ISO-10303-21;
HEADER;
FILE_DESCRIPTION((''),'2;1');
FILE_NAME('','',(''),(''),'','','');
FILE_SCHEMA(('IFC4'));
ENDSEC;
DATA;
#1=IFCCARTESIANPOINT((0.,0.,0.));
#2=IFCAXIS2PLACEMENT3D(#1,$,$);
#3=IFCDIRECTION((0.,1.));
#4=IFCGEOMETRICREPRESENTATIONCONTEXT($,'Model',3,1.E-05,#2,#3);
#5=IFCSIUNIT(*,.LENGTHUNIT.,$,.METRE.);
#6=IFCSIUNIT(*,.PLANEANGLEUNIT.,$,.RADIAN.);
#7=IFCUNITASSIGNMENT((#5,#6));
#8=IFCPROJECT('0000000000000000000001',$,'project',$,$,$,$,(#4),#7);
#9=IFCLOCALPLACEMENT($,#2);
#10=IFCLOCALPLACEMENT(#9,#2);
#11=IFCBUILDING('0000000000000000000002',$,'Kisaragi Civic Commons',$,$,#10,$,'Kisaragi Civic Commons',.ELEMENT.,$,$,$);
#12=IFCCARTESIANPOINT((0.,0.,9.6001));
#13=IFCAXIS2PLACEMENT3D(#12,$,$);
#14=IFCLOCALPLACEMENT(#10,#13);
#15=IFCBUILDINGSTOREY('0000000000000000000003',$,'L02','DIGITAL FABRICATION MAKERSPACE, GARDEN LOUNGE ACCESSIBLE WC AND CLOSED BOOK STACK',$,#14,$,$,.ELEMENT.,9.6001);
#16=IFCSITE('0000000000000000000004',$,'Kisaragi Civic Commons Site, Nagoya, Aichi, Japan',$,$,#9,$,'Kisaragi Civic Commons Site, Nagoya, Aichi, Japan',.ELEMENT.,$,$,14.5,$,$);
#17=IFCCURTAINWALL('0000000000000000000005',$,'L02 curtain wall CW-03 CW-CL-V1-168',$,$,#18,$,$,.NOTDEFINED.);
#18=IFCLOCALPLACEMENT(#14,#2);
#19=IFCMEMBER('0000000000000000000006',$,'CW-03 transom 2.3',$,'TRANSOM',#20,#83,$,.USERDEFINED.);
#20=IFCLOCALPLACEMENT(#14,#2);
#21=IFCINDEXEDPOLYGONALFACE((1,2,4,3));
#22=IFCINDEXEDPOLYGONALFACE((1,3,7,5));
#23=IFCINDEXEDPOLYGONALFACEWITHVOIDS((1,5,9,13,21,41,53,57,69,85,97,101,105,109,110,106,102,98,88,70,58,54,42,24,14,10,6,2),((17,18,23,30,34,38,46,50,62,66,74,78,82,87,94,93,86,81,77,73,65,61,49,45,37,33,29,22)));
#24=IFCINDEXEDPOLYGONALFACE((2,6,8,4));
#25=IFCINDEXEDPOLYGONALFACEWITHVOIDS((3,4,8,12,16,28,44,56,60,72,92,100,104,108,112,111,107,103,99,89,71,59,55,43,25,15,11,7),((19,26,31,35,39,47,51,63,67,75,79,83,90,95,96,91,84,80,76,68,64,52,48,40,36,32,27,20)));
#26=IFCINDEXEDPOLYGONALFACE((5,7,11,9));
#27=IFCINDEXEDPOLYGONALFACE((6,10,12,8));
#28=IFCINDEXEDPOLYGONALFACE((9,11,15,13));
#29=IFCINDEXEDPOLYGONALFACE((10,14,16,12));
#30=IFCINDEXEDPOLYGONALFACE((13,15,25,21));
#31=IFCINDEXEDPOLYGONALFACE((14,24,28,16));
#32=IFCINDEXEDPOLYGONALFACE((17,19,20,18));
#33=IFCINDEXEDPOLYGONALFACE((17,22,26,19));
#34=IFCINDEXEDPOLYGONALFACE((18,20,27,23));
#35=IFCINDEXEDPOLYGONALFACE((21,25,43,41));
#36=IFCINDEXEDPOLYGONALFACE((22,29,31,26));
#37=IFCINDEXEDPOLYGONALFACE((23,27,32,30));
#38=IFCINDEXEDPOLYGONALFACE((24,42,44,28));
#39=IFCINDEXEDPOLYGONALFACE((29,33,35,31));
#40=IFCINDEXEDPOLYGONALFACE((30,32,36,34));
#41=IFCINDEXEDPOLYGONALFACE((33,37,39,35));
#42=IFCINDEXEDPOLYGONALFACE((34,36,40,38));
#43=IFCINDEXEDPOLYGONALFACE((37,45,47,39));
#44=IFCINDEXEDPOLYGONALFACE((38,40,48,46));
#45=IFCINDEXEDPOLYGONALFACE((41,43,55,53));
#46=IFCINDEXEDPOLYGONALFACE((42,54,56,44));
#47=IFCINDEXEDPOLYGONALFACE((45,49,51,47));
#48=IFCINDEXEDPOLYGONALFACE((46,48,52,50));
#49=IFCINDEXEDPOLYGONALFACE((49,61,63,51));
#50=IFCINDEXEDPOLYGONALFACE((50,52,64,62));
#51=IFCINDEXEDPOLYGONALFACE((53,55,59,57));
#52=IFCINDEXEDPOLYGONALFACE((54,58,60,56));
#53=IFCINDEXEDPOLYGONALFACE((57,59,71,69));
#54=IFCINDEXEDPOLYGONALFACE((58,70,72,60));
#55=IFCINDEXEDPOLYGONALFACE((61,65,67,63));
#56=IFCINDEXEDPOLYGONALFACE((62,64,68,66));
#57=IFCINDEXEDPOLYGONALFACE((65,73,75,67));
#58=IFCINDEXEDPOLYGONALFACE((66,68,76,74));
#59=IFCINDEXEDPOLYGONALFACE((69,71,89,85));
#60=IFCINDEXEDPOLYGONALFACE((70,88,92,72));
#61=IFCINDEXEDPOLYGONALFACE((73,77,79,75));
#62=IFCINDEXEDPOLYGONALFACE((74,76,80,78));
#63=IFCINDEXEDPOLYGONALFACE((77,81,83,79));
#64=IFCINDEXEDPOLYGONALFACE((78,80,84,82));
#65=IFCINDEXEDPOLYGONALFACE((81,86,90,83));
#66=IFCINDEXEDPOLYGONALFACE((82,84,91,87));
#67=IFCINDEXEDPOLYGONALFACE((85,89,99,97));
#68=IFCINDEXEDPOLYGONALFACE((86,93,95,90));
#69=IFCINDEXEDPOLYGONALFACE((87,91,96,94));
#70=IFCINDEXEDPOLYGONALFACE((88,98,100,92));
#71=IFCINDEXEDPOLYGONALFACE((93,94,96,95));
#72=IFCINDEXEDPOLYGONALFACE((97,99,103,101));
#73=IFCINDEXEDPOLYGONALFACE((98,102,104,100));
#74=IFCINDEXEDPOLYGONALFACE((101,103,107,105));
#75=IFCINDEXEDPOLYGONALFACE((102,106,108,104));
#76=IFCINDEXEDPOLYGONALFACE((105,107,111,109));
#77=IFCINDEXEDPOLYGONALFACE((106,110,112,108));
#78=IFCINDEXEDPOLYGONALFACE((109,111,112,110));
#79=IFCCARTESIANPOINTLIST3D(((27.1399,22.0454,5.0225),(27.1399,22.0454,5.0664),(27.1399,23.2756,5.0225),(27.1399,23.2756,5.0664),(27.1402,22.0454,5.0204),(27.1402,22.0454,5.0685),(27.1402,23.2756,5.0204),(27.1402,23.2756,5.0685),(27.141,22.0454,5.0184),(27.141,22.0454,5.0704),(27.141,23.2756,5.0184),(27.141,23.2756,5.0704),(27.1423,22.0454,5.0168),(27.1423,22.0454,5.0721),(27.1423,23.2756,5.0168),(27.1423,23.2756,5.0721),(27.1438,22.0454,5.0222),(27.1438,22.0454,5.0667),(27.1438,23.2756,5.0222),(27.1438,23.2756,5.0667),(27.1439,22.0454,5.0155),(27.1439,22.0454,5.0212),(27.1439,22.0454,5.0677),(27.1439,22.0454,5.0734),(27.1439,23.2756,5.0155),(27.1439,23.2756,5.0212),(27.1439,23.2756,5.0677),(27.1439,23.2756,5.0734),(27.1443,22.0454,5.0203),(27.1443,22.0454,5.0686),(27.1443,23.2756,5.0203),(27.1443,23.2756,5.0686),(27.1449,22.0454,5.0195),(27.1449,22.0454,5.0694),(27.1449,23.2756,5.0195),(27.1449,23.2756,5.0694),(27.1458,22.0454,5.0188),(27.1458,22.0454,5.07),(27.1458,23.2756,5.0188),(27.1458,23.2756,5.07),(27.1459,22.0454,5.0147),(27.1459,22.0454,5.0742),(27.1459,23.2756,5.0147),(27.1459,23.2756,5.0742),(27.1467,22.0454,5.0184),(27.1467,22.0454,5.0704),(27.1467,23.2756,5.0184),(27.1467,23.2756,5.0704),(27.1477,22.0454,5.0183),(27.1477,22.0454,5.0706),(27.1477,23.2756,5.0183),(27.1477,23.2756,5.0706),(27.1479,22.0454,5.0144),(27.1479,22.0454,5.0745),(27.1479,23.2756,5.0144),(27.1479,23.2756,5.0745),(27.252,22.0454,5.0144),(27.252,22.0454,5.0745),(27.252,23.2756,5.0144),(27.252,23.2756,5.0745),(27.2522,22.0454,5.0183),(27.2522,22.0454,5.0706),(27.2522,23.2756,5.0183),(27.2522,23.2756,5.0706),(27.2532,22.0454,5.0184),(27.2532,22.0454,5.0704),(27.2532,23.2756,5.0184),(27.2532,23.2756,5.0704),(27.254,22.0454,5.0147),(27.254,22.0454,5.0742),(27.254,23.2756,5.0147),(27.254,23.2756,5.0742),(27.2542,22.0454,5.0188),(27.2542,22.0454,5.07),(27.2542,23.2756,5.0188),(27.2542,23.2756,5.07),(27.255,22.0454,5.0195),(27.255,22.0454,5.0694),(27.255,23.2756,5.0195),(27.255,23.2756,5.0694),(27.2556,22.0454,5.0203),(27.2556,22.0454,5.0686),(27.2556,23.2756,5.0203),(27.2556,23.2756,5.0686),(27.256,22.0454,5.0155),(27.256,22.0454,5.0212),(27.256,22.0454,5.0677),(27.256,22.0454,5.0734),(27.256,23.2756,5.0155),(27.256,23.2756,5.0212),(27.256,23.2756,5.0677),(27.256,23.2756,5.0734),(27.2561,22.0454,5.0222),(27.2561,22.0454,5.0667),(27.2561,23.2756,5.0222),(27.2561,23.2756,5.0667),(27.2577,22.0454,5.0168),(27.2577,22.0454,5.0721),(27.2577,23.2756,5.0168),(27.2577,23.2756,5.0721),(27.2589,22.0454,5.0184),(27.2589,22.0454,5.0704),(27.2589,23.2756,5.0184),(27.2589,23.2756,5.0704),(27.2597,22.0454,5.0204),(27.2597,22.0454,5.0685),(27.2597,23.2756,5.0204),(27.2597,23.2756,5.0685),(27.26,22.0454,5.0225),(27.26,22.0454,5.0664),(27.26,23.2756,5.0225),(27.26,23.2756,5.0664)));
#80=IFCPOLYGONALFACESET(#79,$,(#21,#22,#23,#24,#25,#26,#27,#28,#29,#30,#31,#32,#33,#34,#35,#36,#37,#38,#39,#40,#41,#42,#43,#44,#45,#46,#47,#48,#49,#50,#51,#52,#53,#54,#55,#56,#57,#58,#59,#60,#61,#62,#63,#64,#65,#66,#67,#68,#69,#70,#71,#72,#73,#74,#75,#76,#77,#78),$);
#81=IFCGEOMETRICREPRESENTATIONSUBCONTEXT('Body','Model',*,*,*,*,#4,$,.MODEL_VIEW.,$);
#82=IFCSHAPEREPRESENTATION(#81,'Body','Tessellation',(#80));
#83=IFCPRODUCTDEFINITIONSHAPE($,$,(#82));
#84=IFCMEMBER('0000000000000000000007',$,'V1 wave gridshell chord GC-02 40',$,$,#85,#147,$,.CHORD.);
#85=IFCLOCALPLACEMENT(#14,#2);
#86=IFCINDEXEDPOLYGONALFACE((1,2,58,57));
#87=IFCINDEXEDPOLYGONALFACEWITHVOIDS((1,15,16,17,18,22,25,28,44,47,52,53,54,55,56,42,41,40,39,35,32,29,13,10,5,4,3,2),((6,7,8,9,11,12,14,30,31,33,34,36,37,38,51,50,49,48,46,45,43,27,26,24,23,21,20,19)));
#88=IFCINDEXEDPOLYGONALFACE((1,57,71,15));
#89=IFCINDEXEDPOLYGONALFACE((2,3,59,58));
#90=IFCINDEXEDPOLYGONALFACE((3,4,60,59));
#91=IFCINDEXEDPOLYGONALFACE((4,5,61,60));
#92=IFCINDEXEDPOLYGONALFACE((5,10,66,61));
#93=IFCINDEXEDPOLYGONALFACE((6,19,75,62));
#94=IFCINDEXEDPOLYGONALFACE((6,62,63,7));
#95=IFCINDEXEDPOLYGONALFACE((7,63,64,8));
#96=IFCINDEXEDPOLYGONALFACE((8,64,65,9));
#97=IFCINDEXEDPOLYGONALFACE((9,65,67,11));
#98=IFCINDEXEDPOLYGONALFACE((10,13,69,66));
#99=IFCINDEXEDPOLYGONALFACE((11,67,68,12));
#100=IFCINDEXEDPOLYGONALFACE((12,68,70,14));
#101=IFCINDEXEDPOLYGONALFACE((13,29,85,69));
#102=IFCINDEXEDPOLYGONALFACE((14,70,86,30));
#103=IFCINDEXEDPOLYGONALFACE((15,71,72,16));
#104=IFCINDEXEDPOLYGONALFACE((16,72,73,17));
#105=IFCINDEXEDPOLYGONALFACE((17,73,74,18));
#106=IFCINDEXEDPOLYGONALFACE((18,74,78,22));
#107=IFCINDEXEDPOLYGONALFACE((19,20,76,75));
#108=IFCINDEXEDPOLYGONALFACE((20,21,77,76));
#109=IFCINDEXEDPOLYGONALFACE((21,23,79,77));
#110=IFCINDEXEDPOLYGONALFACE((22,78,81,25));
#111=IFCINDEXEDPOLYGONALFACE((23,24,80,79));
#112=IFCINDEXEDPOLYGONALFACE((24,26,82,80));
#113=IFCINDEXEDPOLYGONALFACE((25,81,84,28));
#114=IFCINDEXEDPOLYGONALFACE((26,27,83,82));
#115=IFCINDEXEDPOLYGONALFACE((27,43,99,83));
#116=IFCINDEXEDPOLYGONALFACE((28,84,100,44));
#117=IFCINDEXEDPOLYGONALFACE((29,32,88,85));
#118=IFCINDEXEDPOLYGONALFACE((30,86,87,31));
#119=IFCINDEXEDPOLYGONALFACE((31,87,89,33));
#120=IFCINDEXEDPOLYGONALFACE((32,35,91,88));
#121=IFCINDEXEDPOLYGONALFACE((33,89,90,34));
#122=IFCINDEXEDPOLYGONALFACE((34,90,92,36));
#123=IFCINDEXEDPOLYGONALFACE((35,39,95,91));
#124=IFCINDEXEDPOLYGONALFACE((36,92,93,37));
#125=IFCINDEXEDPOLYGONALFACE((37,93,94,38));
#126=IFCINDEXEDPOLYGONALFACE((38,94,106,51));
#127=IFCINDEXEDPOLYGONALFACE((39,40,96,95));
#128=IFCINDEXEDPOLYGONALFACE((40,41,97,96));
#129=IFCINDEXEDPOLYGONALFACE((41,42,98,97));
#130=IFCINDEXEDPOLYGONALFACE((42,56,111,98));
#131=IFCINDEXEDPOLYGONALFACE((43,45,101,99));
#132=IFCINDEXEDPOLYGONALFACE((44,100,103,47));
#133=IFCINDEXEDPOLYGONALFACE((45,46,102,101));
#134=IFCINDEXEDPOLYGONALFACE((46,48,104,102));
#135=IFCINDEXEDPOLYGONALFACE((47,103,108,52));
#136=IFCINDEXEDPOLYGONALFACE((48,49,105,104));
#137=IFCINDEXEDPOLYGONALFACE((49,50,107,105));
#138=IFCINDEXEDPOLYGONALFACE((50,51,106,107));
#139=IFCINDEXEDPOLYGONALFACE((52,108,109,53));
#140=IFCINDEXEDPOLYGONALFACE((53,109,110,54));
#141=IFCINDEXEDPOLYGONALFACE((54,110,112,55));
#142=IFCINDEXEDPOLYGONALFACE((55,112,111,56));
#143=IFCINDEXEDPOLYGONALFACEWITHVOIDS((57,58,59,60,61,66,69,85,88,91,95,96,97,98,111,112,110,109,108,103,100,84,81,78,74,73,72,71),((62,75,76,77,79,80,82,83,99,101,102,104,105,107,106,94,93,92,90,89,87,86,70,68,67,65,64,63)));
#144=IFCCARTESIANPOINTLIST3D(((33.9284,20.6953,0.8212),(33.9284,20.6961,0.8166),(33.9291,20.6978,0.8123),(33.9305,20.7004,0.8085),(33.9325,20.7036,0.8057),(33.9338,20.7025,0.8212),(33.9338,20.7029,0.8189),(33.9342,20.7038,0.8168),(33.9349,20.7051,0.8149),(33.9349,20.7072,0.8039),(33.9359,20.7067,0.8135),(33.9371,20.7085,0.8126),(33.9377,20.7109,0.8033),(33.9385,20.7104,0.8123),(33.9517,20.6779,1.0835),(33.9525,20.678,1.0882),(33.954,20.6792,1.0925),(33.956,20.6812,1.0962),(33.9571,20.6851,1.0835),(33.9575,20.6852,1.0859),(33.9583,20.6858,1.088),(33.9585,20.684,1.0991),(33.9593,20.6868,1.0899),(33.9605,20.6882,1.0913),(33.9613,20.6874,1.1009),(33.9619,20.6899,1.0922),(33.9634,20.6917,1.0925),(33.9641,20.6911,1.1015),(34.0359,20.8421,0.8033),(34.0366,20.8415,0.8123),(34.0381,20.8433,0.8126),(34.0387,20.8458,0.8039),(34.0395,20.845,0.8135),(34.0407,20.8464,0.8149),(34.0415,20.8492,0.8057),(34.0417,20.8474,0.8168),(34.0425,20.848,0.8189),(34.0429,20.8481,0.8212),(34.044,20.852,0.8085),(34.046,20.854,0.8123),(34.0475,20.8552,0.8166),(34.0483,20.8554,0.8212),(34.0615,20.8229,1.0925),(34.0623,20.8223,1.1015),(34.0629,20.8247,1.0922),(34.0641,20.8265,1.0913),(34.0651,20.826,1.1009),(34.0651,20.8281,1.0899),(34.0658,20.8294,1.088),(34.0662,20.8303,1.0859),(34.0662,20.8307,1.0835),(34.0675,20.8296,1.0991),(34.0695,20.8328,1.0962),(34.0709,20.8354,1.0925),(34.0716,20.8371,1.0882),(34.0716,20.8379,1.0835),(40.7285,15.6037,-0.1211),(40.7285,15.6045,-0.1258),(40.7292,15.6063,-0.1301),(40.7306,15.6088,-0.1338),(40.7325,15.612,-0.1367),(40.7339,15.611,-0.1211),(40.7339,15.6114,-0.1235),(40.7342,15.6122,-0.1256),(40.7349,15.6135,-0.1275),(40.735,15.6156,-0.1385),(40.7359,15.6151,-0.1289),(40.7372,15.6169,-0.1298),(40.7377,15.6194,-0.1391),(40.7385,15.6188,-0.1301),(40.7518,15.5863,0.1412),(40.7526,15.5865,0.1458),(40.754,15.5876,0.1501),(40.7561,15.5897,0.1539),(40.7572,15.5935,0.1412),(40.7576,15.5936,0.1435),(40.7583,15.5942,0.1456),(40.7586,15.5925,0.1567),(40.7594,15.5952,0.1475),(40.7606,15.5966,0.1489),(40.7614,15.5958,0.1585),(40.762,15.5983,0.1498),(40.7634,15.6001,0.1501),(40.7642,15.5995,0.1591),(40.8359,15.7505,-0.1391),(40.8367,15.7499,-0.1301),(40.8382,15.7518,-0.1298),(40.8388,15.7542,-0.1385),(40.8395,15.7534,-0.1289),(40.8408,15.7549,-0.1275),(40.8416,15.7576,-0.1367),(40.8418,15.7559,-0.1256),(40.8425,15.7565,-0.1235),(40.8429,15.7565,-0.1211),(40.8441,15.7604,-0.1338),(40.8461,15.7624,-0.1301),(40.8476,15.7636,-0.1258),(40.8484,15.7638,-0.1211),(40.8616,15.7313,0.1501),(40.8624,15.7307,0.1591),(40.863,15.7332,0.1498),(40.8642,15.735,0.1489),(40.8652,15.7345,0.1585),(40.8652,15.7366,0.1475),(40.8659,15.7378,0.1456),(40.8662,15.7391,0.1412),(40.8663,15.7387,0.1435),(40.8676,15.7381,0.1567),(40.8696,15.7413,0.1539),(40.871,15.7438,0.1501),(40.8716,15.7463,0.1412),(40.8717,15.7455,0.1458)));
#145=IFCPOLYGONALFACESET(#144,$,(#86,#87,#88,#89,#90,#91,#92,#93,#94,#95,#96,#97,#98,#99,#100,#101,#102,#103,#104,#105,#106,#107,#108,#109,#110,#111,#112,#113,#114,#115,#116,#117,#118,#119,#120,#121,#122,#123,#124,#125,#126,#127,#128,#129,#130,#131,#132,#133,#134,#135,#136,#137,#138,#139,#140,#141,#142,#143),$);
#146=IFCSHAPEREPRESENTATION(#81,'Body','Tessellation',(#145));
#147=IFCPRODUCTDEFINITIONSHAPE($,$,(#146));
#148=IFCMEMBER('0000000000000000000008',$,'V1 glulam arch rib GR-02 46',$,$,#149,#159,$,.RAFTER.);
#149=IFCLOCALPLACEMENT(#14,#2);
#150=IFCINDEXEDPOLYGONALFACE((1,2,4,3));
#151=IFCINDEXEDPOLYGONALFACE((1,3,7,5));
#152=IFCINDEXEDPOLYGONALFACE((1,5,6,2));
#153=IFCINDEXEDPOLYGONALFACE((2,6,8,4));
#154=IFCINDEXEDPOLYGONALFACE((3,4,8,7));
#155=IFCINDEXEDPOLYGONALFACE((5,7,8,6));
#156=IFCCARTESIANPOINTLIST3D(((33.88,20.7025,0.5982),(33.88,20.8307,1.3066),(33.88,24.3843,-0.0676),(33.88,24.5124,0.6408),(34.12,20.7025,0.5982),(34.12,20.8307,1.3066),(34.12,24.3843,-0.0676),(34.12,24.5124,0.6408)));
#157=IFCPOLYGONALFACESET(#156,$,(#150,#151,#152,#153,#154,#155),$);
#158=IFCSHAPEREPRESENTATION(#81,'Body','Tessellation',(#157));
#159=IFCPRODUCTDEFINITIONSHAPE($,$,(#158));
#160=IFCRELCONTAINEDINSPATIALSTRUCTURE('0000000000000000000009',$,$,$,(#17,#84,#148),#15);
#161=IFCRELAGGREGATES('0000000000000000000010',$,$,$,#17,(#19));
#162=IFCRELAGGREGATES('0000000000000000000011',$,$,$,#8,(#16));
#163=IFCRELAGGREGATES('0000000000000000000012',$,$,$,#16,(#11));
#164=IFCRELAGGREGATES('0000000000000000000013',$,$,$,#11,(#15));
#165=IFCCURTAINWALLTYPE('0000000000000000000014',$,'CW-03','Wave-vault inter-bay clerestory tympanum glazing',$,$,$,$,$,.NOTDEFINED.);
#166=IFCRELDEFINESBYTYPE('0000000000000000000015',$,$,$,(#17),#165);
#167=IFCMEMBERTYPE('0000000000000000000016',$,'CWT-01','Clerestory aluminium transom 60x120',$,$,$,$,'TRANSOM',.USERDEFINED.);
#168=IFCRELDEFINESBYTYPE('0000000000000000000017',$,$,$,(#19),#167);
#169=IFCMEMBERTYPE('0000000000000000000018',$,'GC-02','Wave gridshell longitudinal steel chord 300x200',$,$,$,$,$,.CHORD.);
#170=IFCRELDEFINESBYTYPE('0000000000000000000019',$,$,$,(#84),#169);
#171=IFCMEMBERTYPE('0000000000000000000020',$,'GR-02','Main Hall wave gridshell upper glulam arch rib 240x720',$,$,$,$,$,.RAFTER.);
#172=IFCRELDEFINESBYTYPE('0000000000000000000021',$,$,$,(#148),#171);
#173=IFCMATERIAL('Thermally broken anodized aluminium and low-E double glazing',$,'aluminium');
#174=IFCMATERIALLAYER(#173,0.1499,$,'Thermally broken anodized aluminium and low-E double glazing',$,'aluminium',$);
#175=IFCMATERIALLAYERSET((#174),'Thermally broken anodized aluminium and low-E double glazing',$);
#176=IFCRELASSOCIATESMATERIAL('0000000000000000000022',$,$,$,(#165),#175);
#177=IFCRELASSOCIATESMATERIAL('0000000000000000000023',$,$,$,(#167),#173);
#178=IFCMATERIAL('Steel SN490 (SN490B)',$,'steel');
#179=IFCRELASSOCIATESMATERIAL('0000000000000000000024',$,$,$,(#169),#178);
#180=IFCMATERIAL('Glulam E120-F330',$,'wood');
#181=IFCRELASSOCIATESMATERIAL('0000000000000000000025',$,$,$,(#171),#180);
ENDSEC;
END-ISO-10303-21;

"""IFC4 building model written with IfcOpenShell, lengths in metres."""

from ifc_helpers import new_model, si_unit, direction, frame, origin, origin_2d, place, context, subcontext, project, spatial, rectangle, hollow_rectangle, extrude, material, layer, layer_set, material_profile, profile_set, type_object, element, aggregate, save


model = new_model("IFC4")

# Units and contexts
model_context = context("Model", 3, precision=1e-05, world=origin(), true_north=direction((0.0, 1.0)))
body_context = subcontext(model_context, "Body", "Model", "MODEL_VIEW")
ifc_project = project(units=[si_unit("LENGTHUNIT", "METRE"), si_unit("PLANEANGLEUNIT", "RADIAN")], contexts=[model_context])

# Site, building, storey
site_placement = place(None, origin())
site = spatial("IfcSite", under=ifc_project, at=site_placement, Name="Kisaragi Civic Commons Site, Nagoya, Aichi, Japan", LongName="Kisaragi Civic Commons Site, Nagoya, Aichi, Japan", CompositionType="ELEMENT", RefElevation=14.5)
building_placement = place(site_placement, origin())
building = spatial("IfcBuilding", under=site, at=building_placement, Name="Kisaragi Civic Commons", LongName="Kisaragi Civic Commons", CompositionType="ELEMENT")
storey_placement = place(building_placement, frame((0.0, 0.0, 9.6001)))
storey = spatial("IfcBuildingStorey", under=building, at=storey_placement, Name="L02", Description="DIGITAL FABRICATION MAKERSPACE, GARDEN LOUNGE ACCESSIBLE WC AND CLOSED BOOK STACK", CompositionType="ELEMENT", Elevation=9.6001)

# Curtain wall, member
ifc_material_1 = material(Name="Thermally broken anodized aluminium and low-E double glazing", Category="aluminium")
ifc_layer_1 = layer(ifc_material_1, 0.1499, Name="Thermally broken anodized aluminium and low-E double glazing", Category="aluminium")
ifc_layer_set_1 = layer_set([ifc_layer_1], Name="Thermally broken anodized aluminium and low-E double glazing")
curtain_wall_type = type_object("IfcCurtainWallType", Name="CW-03", Description="Wave-vault inter-bay clerestory tympanum glazing", PredefinedType="NOTDEFINED", material=ifc_layer_set_1)
curtain_wall_placement = place(storey_placement, origin())
curtain_wall = element("IfcCurtainWall", 1, at=curtain_wall_placement, inside=storey, type_object=curtain_wall_type, Name="L02 curtain wall CW-03 CW-CL-V1-168", PredefinedType="NOTDEFINED")
ifc_material_profile_1 = material_profile(ifc_material_1, hollow_rectangle(XDim=0.1201, YDim=0.0601, WallThickness=0.0039, InnerFilletRadius=0.0039, OuterFilletRadius=0.0081, at=origin_2d()), Name="CWT-60x120x4", Category="aluminium")
ifc_profile_set_1 = profile_set([ifc_material_profile_1], Name="Thermally broken anodized aluminium and low-E double glazing")
member_type_1 = type_object("IfcMemberType", Name="CWT-01", Description="Clerestory aluminium transom 60x120", ElementType="TRANSOM", PredefinedType="USERDEFINED", material=ifc_profile_set_1)
member_1_placement = place(storey_placement, frame((27.2, 22.0454, 5.0444), z_axis=(0.0, 1.0, 0.0), x_axis=(-1.0, 0.0, 0.0)))
member_1 = element("IfcMember", 2, at=member_1_placement, type_object=member_type_1, Name="CW-03 transom 2.3", ObjectType="TRANSOM", PredefinedType="USERDEFINED", context=body_context, shape_type="SweptSolid", body=[
    extrude(hollow_rectangle(XDim=0.1201, YDim=0.0601, WallThickness=0.0039, InnerFilletRadius=0.0039, OuterFilletRadius=0.0081, at=origin_2d()), origin(), (0.0, 0.0, 1.0), 1.2302),
])

# Members
ifc_material_2 = material(Name="Steel SN490 (SN490B)", Category="steel")
ifc_material_profile_2 = material_profile(ifc_material_2, hollow_rectangle(XDim=0.2, YDim=0.3, WallThickness=0.009, InnerFilletRadius=0.009, OuterFilletRadius=0.0181, at=origin_2d()), Name="STKR-300x200x9", Category="steel")
ifc_profile_set_2 = profile_set([ifc_material_profile_2], Name="Steel SN490 (SN490B)")
member_type_2 = type_object("IfcMemberType", Name="GC-02", Description="Wave gridshell longitudinal steel chord 300x200", PredefinedType="CHORD", material=ifc_profile_set_2)
member_2_placement = place(storey_placement, frame((34.0, 20.7666, 0.9524), z_axis=(0.795599, -0.595706, -0.110258), x_axis=(0.599361, 0.800479, 0.0)))
element("IfcMember", 3, at=member_2_placement, inside=storey, type_object=member_type_2, Name="V1 wave gridshell chord GC-02 40", PredefinedType="CHORD", context=body_context, shape_type="SweptSolid", body=[
    extrude(hollow_rectangle(XDim=0.2, YDim=0.3, WallThickness=0.009, InnerFilletRadius=0.009, OuterFilletRadius=0.0181, at=origin_2d()), origin(), (0.0, 0.0, 1.0), 8.5471),
])
ifc_material_3 = material(Name="Glulam E120-F330", Category="wood")
ifc_material_profile_3 = material_profile(ifc_material_3, rectangle(XDim=0.24, YDim=0.72, at=origin_2d()), Name="GL-240x720", Category="wood")
ifc_profile_set_3 = profile_set([ifc_material_profile_3], Name="Glulam E120-F330")
member_type_3 = type_object("IfcMemberType", Name="GR-02", Description="Main Hall wave gridshell upper glulam arch rib 240x720", PredefinedType="RAFTER", material=ifc_profile_set_3)
member_3_placement = place(storey_placement, frame((34.0, 20.7666, 0.9524), z_axis=(0.0, 0.98404, -0.177949), x_axis=(-1.0, 0.0, 0.0)))
element("IfcMember", 4, at=member_3_placement, inside=storey, type_object=member_type_3, Name="V1 glulam arch rib GR-02 46", PredefinedType="RAFTER", context=body_context, shape_type="SweptSolid", body=[
    extrude(rectangle(XDim=0.24, YDim=0.72, at=origin_2d()), origin(), (0.0, 0.0, 1.0), 3.7415),
])

aggregate(curtain_wall, [member_1])

save(model, "model.ifc")
